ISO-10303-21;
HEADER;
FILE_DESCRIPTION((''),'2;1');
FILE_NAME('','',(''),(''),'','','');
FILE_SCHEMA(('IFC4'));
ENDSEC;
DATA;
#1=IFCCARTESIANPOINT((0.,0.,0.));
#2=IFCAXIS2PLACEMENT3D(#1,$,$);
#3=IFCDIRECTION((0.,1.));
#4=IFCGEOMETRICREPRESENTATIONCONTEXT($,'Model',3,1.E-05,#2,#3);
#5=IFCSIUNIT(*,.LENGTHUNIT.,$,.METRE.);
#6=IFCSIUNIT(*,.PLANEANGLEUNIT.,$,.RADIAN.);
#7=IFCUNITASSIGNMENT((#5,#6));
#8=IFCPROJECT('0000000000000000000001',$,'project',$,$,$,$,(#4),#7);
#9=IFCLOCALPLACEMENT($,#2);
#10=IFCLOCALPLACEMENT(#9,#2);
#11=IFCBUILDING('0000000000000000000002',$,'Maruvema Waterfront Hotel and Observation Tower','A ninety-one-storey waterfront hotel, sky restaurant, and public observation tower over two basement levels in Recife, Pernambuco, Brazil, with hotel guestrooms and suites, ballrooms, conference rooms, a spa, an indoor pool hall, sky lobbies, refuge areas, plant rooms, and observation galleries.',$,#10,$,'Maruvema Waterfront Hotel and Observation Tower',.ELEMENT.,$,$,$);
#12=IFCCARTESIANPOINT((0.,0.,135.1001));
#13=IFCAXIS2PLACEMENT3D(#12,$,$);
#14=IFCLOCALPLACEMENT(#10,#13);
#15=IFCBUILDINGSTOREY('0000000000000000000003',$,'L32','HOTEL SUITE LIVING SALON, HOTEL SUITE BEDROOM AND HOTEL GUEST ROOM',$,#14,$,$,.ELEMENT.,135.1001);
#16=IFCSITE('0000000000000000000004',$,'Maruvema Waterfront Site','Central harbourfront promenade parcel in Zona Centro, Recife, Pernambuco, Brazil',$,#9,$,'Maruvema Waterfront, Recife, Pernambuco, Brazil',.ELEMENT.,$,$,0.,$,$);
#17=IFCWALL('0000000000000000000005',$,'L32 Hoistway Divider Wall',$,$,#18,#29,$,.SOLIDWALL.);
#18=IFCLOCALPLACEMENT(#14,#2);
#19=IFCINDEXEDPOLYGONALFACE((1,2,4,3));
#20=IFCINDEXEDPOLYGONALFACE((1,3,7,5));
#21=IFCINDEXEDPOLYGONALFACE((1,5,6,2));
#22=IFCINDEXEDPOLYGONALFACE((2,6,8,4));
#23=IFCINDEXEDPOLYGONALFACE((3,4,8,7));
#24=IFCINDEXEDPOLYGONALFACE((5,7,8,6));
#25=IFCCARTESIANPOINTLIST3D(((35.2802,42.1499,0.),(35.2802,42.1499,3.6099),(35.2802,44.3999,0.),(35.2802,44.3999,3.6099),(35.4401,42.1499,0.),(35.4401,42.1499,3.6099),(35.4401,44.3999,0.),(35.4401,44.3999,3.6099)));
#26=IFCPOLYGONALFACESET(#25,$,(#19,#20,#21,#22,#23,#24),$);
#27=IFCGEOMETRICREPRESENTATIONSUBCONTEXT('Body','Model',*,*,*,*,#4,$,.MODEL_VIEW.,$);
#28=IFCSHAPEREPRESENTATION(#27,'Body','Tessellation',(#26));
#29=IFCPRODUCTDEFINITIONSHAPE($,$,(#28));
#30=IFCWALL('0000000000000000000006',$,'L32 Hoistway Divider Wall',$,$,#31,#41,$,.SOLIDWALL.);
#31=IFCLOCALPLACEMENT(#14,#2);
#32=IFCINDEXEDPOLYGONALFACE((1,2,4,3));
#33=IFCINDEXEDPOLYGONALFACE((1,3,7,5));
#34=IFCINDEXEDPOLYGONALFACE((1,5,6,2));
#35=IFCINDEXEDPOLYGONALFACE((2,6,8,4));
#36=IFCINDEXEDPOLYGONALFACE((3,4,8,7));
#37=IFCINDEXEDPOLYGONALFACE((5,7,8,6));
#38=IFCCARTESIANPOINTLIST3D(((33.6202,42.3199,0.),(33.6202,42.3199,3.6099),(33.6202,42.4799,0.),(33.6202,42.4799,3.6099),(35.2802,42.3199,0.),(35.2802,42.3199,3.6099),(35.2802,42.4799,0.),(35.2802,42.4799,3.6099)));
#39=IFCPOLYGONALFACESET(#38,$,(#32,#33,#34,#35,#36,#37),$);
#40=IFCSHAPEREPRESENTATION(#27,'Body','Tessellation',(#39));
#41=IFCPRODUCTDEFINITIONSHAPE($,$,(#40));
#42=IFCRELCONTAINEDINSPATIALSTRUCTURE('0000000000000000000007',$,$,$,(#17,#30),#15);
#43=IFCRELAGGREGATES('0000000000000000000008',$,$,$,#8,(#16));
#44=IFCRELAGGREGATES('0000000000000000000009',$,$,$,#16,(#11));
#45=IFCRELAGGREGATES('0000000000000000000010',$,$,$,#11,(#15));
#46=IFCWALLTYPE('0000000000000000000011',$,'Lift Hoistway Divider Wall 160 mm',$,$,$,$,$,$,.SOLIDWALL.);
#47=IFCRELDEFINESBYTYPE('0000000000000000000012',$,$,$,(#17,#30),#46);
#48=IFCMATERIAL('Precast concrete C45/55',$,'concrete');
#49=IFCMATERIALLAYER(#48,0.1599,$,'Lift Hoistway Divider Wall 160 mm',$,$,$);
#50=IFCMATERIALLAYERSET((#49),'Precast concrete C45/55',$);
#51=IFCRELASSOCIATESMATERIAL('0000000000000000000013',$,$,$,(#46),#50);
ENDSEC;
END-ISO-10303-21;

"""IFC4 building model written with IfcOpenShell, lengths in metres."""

from ifc_helpers import new_model, si_unit, direction, frame, frame_2d, origin, place, context, subcontext, project, spatial, rectangle, extrude, material, layer, layer_set, type_object, element, save


model = new_model("IFC4")

# Units and contexts
model_context = context("Model", 3, precision=1e-05, world=origin(), true_north=direction((0.0, 1.0)))
body_context = subcontext(model_context, "Body", "Model", "MODEL_VIEW")
ifc_project = project(units=[si_unit("LENGTHUNIT", "METRE"), si_unit("PLANEANGLEUNIT", "RADIAN")], contexts=[model_context])

# Site, building, storey
site_placement = place(None, origin())
site = spatial("IfcSite", under=ifc_project, at=site_placement, Name="Maruvema Waterfront Site", Description="Central harbourfront promenade parcel in Zona Centro, Recife, Pernambuco, Brazil", LongName="Maruvema Waterfront, Recife, Pernambuco, Brazil", CompositionType="ELEMENT", RefElevation=0.0)
building_placement = place(site_placement, origin())
building = spatial("IfcBuilding", under=site, at=building_placement, Name="Maruvema Waterfront Hotel and Observation Tower", Description="A ninety-one-storey waterfront hotel, sky restaurant, and public observation tower over two basement levels in Recife, Pernambuco, Brazil, with hotel guestrooms and suites, ballrooms, conference rooms, a spa, an indoor pool hall, sky lobbies, refuge areas, plant rooms, and observation galleries.", LongName="Maruvema Waterfront Hotel and Observation Tower", CompositionType="ELEMENT")
storey_placement = place(building_placement, frame((0.0, 0.0, 135.1001)))
storey = spatial("IfcBuildingStorey", under=building, at=storey_placement, Name="L32", Description="HOTEL SUITE LIVING SALON, HOTEL SUITE BEDROOM AND HOTEL GUEST ROOM", CompositionType="ELEMENT", Elevation=135.1001)

# Walls
ifc_material_1 = material(Name="Precast concrete C45/55", Category="concrete")
ifc_layer_1 = layer(ifc_material_1, 0.1599, Name="Lift Hoistway Divider Wall 160 mm")
ifc_layer_set_1 = layer_set([ifc_layer_1], Name="Precast concrete C45/55")
wall_type_1 = type_object("IfcWallType", Name="Lift Hoistway Divider Wall 160 mm", PredefinedType="SOLIDWALL", material=ifc_layer_set_1)
for number, where, z_axis, x_axis, name in (
    (1, (35.3601, 42.1499, 0.0), (0.0, 0.0, 1.0), (0.0, 1.0, 0.0), "L32 Hoistway Divider Wall"),
):
    element("IfcWall", number, at=place(storey_placement, frame(where, z_axis=z_axis, x_axis=x_axis)), inside=storey, type_object=wall_type_1, Name=name, PredefinedType="SOLIDWALL", context=body_context, shape_type="SweptSolid", body=[
        extrude(rectangle(XDim=2.25, YDim=0.1599, at=frame_2d((1.125, 0.0))), origin(), (0.0, 0.0, 1.0), 3.6099),
    ])
wall_1_placement = place(storey_placement, frame((33.6201, 42.3999, 0.0), z_axis=(0.0, 0.0, 1.0), x_axis=(1.0, 0.0, 0.0)))
element("IfcWall", 2, at=wall_1_placement, inside=storey, type_object=wall_type_1, Name="L32 Hoistway Divider Wall", PredefinedType="SOLIDWALL", context=body_context, shape_type="SweptSolid", body=[
    extrude(rectangle(XDim=1.6599, YDim=0.1599, at=frame_2d((0.8301, 0.0))), origin(), (0.0, 0.0, 1.0), 3.6099),
])

save(model, "model.ifc")
